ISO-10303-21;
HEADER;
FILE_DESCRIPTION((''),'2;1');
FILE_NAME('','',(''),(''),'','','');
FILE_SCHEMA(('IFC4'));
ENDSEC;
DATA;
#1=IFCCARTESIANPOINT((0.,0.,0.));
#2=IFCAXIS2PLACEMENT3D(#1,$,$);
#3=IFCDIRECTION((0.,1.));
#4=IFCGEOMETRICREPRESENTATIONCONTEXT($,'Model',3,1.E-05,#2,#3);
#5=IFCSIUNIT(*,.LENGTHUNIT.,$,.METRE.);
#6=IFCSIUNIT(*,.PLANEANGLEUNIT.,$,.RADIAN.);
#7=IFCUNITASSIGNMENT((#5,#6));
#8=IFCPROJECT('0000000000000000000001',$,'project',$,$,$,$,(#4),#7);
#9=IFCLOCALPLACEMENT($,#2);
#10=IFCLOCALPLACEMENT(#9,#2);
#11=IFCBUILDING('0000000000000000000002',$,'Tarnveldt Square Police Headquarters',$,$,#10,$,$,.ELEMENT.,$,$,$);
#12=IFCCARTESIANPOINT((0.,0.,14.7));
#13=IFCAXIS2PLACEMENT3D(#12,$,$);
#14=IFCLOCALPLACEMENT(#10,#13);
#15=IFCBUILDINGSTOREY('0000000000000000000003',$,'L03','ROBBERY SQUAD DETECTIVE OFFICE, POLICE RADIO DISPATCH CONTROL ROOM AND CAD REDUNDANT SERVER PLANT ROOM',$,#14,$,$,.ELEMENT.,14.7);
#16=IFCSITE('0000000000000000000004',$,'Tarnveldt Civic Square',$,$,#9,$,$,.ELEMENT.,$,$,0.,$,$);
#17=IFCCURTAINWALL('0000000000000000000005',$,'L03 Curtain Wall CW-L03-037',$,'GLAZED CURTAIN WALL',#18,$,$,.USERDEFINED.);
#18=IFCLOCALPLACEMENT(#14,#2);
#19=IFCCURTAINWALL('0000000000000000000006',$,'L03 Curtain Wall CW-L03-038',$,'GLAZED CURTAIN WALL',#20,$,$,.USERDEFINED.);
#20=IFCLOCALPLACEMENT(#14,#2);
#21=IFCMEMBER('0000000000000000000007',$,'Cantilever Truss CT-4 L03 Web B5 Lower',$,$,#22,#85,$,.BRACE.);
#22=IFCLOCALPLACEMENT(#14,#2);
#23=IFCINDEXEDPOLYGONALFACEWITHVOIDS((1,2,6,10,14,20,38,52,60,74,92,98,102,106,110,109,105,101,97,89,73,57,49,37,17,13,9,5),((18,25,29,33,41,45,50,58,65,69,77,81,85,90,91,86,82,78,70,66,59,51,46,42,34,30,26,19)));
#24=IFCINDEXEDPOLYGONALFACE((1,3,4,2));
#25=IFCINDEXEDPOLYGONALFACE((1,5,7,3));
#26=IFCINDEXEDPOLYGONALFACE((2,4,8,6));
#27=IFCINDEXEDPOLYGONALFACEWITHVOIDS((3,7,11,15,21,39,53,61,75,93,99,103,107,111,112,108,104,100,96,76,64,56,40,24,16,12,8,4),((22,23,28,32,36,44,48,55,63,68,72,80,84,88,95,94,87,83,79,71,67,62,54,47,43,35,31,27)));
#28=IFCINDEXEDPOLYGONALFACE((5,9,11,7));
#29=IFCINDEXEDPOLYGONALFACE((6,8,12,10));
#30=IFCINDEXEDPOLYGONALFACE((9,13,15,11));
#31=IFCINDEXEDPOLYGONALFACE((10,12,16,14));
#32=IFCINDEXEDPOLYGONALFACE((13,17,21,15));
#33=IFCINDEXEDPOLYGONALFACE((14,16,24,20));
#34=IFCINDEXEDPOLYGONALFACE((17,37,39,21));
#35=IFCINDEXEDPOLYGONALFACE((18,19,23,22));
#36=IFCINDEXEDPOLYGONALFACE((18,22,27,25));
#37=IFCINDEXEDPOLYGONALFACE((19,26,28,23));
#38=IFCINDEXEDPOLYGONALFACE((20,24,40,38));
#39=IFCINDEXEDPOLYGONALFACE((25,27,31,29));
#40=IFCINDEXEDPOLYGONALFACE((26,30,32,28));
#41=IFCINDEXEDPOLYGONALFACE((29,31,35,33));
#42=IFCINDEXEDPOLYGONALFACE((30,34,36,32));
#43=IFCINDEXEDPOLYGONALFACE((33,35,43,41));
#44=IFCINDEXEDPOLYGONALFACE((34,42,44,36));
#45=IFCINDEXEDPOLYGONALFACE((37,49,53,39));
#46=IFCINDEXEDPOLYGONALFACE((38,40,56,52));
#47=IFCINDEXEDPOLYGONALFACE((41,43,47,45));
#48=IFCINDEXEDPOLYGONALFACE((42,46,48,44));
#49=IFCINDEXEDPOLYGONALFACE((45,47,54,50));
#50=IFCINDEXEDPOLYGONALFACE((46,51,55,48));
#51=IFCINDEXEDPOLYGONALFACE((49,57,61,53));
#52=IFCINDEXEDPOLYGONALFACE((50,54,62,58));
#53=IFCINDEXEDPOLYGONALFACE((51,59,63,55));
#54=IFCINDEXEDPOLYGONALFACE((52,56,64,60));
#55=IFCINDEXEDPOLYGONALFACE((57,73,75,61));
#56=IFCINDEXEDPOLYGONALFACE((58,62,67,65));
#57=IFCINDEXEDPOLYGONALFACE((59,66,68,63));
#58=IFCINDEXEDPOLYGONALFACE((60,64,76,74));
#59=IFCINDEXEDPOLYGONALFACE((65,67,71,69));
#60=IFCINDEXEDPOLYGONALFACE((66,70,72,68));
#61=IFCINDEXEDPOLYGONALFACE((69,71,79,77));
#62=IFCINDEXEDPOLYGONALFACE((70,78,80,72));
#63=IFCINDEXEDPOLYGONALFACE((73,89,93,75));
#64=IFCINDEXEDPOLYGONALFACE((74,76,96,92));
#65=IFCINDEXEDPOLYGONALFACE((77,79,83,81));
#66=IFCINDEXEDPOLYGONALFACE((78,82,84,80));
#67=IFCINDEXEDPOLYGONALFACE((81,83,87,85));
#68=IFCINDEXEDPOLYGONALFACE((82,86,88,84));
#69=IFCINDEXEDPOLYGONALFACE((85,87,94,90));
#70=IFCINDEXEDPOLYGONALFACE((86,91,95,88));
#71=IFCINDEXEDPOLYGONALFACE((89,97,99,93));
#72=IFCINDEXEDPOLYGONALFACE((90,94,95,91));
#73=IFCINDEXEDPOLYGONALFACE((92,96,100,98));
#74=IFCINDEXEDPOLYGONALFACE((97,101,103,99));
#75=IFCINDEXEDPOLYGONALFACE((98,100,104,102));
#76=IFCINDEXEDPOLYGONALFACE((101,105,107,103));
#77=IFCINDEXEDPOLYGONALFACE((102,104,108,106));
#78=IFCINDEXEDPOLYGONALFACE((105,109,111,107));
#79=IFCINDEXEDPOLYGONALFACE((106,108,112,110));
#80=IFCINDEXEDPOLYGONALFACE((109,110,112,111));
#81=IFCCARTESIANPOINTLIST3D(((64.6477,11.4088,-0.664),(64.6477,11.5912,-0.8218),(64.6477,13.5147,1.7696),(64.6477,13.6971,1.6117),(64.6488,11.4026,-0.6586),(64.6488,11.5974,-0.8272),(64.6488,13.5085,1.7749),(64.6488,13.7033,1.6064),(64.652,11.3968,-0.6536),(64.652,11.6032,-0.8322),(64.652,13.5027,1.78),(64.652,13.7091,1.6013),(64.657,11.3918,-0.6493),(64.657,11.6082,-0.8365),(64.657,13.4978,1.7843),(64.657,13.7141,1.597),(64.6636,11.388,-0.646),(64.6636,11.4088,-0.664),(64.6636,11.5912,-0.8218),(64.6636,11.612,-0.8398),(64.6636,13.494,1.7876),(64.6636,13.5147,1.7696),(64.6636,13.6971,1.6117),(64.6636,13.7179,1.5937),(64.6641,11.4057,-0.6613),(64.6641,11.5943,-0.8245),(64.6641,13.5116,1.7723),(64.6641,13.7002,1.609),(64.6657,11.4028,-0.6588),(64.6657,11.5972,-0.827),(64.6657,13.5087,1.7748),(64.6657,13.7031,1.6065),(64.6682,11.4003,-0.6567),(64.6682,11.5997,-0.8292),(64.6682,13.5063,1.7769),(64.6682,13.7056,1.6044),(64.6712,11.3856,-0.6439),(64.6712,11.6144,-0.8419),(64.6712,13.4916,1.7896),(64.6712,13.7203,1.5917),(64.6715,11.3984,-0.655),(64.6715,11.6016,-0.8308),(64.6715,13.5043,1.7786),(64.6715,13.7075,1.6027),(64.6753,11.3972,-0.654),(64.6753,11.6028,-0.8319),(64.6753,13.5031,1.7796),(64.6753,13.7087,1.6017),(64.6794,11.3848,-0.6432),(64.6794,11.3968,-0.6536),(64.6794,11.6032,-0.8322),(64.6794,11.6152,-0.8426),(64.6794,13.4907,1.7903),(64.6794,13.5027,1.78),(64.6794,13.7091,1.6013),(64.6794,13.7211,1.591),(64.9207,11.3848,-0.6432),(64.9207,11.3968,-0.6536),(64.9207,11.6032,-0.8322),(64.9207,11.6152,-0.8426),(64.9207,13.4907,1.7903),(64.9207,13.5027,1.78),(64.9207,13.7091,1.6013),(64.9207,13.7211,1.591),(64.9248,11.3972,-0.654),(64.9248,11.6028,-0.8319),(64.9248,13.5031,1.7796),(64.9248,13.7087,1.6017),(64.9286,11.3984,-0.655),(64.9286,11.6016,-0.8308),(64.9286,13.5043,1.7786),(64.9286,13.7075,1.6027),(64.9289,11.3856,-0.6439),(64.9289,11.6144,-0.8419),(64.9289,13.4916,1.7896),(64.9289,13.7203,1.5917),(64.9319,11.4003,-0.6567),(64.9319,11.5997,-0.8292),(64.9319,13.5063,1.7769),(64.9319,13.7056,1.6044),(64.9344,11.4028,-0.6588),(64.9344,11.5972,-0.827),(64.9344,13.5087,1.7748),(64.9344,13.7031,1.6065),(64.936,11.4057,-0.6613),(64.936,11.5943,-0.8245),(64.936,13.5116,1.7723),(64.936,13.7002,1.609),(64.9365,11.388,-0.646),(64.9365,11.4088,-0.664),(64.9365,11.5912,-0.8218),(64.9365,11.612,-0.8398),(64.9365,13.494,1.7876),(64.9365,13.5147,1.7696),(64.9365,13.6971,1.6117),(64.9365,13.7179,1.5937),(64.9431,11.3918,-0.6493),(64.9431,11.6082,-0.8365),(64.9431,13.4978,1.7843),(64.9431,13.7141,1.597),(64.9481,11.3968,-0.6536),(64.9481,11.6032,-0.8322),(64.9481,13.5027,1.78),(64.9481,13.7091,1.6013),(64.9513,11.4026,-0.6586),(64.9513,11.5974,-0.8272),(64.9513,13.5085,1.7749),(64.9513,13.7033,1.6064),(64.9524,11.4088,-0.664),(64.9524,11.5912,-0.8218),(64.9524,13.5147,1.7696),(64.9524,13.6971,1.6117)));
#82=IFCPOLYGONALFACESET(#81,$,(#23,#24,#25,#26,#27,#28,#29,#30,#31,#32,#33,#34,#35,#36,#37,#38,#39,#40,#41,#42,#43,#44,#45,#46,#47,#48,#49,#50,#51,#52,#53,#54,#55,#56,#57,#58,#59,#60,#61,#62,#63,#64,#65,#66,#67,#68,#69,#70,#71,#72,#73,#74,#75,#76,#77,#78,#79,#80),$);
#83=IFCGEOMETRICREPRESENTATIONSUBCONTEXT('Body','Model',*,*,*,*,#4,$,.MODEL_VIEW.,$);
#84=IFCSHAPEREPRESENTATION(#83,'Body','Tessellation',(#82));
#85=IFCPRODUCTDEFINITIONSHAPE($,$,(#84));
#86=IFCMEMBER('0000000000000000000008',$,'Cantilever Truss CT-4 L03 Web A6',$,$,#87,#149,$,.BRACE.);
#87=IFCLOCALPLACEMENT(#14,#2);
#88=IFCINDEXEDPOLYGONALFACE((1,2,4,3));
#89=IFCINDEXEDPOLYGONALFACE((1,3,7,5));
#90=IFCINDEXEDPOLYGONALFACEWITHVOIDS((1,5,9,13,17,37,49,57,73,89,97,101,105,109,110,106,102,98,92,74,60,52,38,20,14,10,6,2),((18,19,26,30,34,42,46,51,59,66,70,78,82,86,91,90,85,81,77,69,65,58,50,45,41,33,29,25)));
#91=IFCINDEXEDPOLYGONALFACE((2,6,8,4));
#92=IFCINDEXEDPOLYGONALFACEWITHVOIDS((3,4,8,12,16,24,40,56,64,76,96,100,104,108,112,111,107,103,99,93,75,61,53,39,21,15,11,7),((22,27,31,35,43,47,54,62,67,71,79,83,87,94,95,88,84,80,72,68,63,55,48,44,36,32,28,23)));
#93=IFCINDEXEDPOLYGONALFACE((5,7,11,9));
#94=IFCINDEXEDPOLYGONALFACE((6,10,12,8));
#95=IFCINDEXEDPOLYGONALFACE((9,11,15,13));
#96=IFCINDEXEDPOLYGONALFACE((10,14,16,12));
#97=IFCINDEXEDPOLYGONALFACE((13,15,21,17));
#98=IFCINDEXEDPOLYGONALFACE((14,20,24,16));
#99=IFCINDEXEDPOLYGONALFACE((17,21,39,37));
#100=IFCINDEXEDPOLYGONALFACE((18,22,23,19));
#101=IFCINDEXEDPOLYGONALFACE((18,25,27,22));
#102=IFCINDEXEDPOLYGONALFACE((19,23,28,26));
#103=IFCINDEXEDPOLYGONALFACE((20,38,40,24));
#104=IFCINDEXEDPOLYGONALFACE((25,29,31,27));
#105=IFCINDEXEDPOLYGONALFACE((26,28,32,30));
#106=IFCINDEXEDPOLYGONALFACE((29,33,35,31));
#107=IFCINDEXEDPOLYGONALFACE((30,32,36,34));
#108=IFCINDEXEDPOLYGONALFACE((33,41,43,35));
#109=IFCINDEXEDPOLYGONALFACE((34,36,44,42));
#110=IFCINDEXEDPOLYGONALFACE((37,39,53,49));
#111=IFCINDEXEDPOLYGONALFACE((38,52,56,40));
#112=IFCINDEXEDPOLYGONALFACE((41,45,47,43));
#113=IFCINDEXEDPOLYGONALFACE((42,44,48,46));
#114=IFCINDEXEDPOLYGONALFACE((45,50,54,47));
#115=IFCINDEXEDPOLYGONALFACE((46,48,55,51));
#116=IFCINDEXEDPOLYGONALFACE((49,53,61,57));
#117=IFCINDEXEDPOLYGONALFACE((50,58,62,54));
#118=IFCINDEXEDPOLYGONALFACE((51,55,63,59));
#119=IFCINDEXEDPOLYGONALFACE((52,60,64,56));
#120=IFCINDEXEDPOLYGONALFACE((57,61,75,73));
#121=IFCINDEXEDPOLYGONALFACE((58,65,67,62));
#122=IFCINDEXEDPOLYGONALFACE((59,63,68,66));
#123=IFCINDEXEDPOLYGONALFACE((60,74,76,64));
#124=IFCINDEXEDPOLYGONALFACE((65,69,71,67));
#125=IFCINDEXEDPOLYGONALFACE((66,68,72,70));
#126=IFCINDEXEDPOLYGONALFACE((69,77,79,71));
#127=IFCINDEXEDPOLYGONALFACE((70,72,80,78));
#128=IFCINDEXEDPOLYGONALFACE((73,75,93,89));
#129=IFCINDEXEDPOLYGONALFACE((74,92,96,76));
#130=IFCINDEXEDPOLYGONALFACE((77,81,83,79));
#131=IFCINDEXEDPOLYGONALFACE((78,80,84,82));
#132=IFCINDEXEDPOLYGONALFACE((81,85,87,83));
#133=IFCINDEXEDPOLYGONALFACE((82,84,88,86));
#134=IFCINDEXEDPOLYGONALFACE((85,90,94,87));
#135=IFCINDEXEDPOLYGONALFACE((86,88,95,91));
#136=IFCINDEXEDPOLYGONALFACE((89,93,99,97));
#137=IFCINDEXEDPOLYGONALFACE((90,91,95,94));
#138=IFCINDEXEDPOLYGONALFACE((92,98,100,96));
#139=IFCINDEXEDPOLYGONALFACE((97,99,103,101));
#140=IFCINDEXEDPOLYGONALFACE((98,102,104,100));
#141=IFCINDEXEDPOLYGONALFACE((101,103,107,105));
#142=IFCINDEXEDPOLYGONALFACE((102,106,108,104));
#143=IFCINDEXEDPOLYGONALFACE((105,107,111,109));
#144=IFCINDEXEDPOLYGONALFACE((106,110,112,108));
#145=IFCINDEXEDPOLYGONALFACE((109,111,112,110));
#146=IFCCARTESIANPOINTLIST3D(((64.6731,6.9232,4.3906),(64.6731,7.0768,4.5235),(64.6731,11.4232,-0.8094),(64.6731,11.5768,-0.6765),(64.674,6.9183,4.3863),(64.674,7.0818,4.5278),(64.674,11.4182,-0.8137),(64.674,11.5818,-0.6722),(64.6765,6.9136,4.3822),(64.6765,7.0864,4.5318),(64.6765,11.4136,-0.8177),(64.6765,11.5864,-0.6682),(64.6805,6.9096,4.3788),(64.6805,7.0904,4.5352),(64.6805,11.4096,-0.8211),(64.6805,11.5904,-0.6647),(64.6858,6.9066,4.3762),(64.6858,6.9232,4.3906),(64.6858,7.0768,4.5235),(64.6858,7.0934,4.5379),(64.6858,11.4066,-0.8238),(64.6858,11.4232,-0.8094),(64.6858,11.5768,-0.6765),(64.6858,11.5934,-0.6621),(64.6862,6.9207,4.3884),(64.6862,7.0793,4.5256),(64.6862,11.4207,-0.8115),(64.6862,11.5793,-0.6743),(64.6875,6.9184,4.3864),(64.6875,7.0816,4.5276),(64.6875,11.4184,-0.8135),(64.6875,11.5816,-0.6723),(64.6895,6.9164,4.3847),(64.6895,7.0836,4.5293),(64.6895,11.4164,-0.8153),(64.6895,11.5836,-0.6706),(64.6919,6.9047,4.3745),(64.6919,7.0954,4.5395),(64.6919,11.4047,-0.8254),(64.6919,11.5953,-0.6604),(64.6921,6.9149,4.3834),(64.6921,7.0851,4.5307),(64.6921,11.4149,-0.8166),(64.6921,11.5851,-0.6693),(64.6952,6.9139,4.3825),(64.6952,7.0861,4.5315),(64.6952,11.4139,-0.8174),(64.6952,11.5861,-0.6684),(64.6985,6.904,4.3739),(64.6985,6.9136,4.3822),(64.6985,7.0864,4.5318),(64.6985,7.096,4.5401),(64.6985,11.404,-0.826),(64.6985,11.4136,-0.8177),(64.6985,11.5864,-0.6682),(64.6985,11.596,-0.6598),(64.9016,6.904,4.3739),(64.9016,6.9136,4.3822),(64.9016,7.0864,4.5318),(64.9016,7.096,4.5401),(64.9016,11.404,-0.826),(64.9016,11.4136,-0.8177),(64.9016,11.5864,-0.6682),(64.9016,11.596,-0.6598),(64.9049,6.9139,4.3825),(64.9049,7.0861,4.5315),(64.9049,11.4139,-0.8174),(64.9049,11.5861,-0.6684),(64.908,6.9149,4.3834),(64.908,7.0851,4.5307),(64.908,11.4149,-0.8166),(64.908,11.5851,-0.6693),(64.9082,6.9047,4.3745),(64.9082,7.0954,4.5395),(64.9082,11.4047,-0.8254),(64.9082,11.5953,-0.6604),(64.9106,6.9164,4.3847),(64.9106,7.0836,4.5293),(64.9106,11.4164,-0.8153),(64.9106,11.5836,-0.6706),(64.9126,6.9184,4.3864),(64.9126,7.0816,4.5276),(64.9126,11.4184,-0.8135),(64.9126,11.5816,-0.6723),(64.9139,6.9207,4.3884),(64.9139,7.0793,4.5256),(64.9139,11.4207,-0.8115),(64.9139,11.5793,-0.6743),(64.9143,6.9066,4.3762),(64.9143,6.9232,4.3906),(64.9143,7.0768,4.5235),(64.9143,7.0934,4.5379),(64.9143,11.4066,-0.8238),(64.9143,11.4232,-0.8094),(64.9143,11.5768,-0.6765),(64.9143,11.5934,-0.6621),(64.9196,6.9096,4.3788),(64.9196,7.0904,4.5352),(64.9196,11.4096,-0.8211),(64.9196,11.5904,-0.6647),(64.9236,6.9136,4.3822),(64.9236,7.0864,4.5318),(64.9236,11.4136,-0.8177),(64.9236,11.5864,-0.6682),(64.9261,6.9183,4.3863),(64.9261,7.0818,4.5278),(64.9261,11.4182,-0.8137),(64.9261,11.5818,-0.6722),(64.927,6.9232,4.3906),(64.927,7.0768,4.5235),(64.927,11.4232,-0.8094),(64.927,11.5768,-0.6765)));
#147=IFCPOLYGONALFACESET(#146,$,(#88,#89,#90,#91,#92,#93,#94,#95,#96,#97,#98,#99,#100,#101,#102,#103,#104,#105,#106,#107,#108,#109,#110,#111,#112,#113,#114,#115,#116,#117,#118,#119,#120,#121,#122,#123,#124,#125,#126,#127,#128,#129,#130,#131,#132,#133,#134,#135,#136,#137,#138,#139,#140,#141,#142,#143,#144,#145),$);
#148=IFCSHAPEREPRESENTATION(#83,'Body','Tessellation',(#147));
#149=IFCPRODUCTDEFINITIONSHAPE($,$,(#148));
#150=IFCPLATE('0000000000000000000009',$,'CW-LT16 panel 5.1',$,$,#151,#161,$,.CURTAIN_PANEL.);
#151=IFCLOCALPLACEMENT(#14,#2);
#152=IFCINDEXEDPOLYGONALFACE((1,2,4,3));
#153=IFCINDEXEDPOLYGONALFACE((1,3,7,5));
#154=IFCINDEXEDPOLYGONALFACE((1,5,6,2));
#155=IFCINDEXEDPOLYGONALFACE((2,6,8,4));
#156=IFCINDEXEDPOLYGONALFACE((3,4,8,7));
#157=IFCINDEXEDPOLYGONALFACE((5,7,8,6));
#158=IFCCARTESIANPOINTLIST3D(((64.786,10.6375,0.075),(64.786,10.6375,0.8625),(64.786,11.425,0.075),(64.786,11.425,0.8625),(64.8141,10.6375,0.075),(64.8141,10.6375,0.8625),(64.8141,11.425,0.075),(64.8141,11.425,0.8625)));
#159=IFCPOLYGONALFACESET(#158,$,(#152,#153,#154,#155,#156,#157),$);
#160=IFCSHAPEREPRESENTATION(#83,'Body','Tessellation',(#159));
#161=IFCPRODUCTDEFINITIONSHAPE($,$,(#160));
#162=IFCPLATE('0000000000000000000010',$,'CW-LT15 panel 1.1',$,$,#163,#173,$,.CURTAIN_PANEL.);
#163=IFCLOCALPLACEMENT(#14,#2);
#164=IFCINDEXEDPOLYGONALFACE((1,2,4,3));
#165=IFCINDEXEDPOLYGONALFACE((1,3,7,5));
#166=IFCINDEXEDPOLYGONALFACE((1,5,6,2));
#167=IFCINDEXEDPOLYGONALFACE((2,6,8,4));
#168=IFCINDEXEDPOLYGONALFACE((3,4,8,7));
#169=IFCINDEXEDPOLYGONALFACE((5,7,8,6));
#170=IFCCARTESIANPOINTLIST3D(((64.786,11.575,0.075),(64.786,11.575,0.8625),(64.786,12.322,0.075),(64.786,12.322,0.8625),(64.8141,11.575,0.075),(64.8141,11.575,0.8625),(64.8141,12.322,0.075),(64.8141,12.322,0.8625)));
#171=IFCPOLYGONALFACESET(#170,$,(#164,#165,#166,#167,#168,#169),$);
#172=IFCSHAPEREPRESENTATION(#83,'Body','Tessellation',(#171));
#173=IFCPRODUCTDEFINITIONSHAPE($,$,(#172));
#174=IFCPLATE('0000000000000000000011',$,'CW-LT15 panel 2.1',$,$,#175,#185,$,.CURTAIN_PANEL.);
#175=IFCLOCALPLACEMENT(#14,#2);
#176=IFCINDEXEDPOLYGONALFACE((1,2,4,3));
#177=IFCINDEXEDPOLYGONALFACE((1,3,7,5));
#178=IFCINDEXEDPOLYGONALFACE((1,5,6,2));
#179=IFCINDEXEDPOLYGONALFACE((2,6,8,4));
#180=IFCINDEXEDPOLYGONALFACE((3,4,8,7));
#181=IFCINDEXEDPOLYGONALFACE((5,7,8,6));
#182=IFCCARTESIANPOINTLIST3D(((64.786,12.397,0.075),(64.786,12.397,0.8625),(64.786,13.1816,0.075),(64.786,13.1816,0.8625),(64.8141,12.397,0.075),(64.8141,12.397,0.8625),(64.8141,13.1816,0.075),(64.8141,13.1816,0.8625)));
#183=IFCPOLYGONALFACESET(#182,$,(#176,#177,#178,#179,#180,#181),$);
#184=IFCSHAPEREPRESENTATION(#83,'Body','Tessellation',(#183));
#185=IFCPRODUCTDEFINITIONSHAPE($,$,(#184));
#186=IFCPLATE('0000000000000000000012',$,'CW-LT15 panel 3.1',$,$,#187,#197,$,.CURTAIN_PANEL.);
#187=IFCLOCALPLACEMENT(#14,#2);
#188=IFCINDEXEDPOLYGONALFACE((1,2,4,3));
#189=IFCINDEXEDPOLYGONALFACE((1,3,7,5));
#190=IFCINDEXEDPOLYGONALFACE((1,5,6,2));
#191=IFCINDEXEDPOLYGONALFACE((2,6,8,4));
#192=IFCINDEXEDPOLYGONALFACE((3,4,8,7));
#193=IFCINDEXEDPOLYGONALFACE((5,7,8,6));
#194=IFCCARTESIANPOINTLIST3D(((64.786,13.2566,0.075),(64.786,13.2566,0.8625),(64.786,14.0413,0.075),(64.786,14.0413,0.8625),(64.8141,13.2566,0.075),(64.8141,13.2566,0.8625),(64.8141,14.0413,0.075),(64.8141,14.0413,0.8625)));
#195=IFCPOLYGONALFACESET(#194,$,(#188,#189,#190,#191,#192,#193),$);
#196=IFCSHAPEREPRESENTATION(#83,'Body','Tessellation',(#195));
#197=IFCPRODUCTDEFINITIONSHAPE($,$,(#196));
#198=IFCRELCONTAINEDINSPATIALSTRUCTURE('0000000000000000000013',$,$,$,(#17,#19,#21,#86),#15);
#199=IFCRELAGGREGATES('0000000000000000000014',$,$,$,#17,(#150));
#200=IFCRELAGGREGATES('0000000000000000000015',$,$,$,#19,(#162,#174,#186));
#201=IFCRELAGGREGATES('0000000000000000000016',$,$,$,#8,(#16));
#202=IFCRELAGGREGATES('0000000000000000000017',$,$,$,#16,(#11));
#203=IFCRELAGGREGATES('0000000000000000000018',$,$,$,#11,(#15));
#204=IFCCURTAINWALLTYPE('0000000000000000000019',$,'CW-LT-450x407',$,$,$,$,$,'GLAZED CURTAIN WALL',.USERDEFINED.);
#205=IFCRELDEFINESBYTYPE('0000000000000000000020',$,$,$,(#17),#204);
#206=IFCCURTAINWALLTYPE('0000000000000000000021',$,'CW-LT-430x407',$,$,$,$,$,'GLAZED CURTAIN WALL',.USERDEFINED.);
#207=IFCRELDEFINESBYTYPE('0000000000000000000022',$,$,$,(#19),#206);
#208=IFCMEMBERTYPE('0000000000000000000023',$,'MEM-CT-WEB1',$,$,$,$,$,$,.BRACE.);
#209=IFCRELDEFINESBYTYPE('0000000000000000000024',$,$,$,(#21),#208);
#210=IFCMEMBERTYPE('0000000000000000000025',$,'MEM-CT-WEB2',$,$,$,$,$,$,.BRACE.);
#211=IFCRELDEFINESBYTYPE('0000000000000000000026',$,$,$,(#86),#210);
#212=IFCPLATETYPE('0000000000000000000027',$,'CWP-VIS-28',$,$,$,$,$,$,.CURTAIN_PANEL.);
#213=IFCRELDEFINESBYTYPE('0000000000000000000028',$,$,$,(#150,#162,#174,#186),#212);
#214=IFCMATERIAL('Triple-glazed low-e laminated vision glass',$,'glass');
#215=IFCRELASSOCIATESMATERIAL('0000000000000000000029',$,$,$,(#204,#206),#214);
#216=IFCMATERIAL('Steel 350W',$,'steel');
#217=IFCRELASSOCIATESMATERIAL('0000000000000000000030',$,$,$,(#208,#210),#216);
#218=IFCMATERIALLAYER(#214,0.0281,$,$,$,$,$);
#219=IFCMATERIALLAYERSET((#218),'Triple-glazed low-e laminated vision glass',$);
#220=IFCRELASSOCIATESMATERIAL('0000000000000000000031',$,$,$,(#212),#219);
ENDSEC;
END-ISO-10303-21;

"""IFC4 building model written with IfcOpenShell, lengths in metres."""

from ifc_helpers import new_model, si_unit, direction, frame, origin, origin_2d, place, context, subcontext, project, spatial, rectangle, hollow_rectangle, extrude, material, layer, layer_set, material_profile, profile_set, type_object, element, aggregate, save


model = new_model("IFC4")

# Units and contexts
model_context = context("Model", 3, precision=1e-05, world=origin(), true_north=direction((0.0, 1.0)))
body_context = subcontext(model_context, "Body", "Model", "MODEL_VIEW")
ifc_project = project(units=[si_unit("LENGTHUNIT", "METRE"), si_unit("PLANEANGLEUNIT", "RADIAN")], contexts=[model_context])

# Site, building, storey
site_placement = place(None, origin())
site = spatial("IfcSite", under=ifc_project, at=site_placement, Name="Tarnveldt Civic Square", CompositionType="ELEMENT", RefElevation=0.0)
building_placement = place(site_placement, origin())
building = spatial("IfcBuilding", under=site, at=building_placement, Name="Tarnveldt Square Police Headquarters", CompositionType="ELEMENT")
storey_placement = place(building_placement, frame((0.0, 0.0, 14.7)))
storey = spatial("IfcBuildingStorey", under=building, at=storey_placement, Name="L03", Description="ROBBERY SQUAD DETECTIVE OFFICE, POLICE RADIO DISPATCH CONTROL ROOM AND CAD REDUNDANT SERVER PLANT ROOM", CompositionType="ELEMENT", Elevation=14.7)

# Shared definitions
ifc_material_1 = material(Name="Steel 350W", Category="steel")

# Curtain walls
ifc_material_2 = material(Name="Triple-glazed low-e laminated vision glass", Category="glass")
curtain_wall_type_1 = type_object("IfcCurtainWallType", Name="CW-LT-450x407", ElementType="GLAZED CURTAIN WALL", PredefinedType="USERDEFINED", material=ifc_material_2)
curtain_wall_1_placement = place(storey_placement, origin())
curtain_wall_1 = element("IfcCurtainWall", 1, at=curtain_wall_1_placement, inside=storey, type_object=curtain_wall_type_1, Name="L03 Curtain Wall CW-L03-037", ObjectType="GLAZED CURTAIN WALL", PredefinedType="USERDEFINED")
curtain_wall_type_2 = type_object("IfcCurtainWallType", Name="CW-LT-430x407", ElementType="GLAZED CURTAIN WALL", PredefinedType="USERDEFINED", material=ifc_material_2)
curtain_wall_2_placement = place(storey_placement, origin())
curtain_wall_2 = element("IfcCurtainWall", 2, at=curtain_wall_2_placement, inside=storey, type_object=curtain_wall_type_2, Name="L03 Curtain Wall CW-L03-038", ObjectType="GLAZED CURTAIN WALL", PredefinedType="USERDEFINED")

# Members
ifc_material_profile_1 = material_profile(ifc_material_1, hollow_rectangle(XDim=0.3047, YDim=0.3047, WallThickness=0.0159, InnerFilletRadius=0.0159, OuterFilletRadius=0.0317, at=origin_2d()), Name="HSS305x305x16")
ifc_profile_set_1 = profile_set([ifc_material_profile_1], Name="Steel 350W")
member_type_1 = type_object("IfcMemberType", Name="MEM-CT-WEB1", PredefinedType="BRACE", material=ifc_profile_set_1)
member_1_placement = place(storey_placement, frame((64.8, 11.5, -0.7429), z_axis=(0.0, 0.65437, 0.756174), x_axis=(-1.0, 0.0, 0.0)))
element("IfcMember", 3, at=member_1_placement, inside=storey, type_object=member_type_1, Name="Cantilever Truss CT-4 L03 Web B5 Lower", PredefinedType="BRACE", context=body_context, shape_type="SweptSolid", body=[
    extrude(hollow_rectangle(XDim=0.3047, YDim=0.3047, WallThickness=0.0159, InnerFilletRadius=0.0159, OuterFilletRadius=0.0317, at=origin_2d()), origin(), (0.0, 0.0, 1.0), 3.2183),
])
ifc_material_profile_2 = material_profile(ifc_material_1, hollow_rectangle(XDim=0.2539, YDim=0.2539, WallThickness=0.0127, InnerFilletRadius=0.0127, OuterFilletRadius=0.0254, at=origin_2d()), Name="HSS254x254x13")
ifc_profile_set_2 = profile_set([ifc_material_profile_2], Name="Steel 350W")
member_type_2 = type_object("IfcMemberType", Name="MEM-CT-WEB2", PredefinedType="BRACE", material=ifc_profile_set_2)
member_2_placement = place(storey_placement, frame((64.8, 11.5, -0.7429), z_axis=(0.0, -0.65438, 0.756166), x_axis=(1.0, 0.0, 0.0)))
element("IfcMember", 4, at=member_2_placement, inside=storey, type_object=member_type_2, Name="Cantilever Truss CT-4 L03 Web A6", PredefinedType="BRACE", context=body_context, shape_type="SweptSolid", body=[
    extrude(hollow_rectangle(XDim=0.2539, YDim=0.2539, WallThickness=0.0127, InnerFilletRadius=0.0127, OuterFilletRadius=0.0254, at=origin_2d()), origin(), (0.0, 0.0, 1.0), 6.8767),
])

# Plates
ifc_layer = layer(ifc_material_2, 0.0281)
ifc_layer_set = layer_set([ifc_layer], Name="Triple-glazed low-e laminated vision glass")
plate_type = type_object("IfcPlateType", Name="CWP-VIS-28", PredefinedType="CURTAIN_PANEL", material=ifc_layer_set)
plate_1_placement = place(storey_placement, frame((64.8, 11.0312, 0.075), z_axis=(0.0, 0.0, 1.0), x_axis=(0.0, 1.0, 0.0)))
plate_1 = element("IfcPlate", 5, at=plate_1_placement, type_object=plate_type, Name="CW-LT16 panel 5.1", PredefinedType="CURTAIN_PANEL", context=body_context, shape_type="SweptSolid", body=[
    extrude(rectangle(XDim=0.7876, YDim=0.0281, at=origin_2d()), origin(), (0.0, 0.0, 1.0), 0.7876),
])
aggregate(curtain_wall_1, [plate_1])
plate_2_placement = place(storey_placement, frame((64.8, 11.9485, 0.075), z_axis=(0.0, 0.0, 1.0), x_axis=(0.0, 1.0, 0.0)))
plate_2 = element("IfcPlate", 6, at=plate_2_placement, type_object=plate_type, Name="CW-LT15 panel 1.1", PredefinedType="CURTAIN_PANEL", context=body_context, shape_type="SweptSolid", body=[
    extrude(rectangle(XDim=0.7471, YDim=0.0281, at=origin_2d()), origin(), (0.0, 0.0, 1.0), 0.7876),
])
plate_3_placement = place(storey_placement, frame((64.8, 12.7893, 0.075), z_axis=(0.0, 0.0, 1.0), x_axis=(0.0, 1.0, 0.0)))
plate_3 = element("IfcPlate", 7, at=plate_3_placement, type_object=plate_type, Name="CW-LT15 panel 2.1", PredefinedType="CURTAIN_PANEL", context=body_context, shape_type="SweptSolid", body=[
    extrude(rectangle(XDim=0.7847, YDim=0.0281, at=origin_2d()), origin(), (0.0, 0.0, 1.0), 0.7876),
])
plate_4_placement = place(storey_placement, frame((64.8, 13.6489, 0.075), z_axis=(0.0, 0.0, 1.0), x_axis=(0.0, 1.0, 0.0)))
plate_4 = element("IfcPlate", 8, at=plate_4_placement, type_object=plate_type, Name="CW-LT15 panel 3.1", PredefinedType="CURTAIN_PANEL", context=body_context, shape_type="SweptSolid", body=[
    extrude(rectangle(XDim=0.7847, YDim=0.0281, at=origin_2d()), origin(), (0.0, 0.0, 1.0), 0.7876),
])
aggregate(curtain_wall_2, [plate_2, plate_3, plate_4])

save(model, "model.ifc")
